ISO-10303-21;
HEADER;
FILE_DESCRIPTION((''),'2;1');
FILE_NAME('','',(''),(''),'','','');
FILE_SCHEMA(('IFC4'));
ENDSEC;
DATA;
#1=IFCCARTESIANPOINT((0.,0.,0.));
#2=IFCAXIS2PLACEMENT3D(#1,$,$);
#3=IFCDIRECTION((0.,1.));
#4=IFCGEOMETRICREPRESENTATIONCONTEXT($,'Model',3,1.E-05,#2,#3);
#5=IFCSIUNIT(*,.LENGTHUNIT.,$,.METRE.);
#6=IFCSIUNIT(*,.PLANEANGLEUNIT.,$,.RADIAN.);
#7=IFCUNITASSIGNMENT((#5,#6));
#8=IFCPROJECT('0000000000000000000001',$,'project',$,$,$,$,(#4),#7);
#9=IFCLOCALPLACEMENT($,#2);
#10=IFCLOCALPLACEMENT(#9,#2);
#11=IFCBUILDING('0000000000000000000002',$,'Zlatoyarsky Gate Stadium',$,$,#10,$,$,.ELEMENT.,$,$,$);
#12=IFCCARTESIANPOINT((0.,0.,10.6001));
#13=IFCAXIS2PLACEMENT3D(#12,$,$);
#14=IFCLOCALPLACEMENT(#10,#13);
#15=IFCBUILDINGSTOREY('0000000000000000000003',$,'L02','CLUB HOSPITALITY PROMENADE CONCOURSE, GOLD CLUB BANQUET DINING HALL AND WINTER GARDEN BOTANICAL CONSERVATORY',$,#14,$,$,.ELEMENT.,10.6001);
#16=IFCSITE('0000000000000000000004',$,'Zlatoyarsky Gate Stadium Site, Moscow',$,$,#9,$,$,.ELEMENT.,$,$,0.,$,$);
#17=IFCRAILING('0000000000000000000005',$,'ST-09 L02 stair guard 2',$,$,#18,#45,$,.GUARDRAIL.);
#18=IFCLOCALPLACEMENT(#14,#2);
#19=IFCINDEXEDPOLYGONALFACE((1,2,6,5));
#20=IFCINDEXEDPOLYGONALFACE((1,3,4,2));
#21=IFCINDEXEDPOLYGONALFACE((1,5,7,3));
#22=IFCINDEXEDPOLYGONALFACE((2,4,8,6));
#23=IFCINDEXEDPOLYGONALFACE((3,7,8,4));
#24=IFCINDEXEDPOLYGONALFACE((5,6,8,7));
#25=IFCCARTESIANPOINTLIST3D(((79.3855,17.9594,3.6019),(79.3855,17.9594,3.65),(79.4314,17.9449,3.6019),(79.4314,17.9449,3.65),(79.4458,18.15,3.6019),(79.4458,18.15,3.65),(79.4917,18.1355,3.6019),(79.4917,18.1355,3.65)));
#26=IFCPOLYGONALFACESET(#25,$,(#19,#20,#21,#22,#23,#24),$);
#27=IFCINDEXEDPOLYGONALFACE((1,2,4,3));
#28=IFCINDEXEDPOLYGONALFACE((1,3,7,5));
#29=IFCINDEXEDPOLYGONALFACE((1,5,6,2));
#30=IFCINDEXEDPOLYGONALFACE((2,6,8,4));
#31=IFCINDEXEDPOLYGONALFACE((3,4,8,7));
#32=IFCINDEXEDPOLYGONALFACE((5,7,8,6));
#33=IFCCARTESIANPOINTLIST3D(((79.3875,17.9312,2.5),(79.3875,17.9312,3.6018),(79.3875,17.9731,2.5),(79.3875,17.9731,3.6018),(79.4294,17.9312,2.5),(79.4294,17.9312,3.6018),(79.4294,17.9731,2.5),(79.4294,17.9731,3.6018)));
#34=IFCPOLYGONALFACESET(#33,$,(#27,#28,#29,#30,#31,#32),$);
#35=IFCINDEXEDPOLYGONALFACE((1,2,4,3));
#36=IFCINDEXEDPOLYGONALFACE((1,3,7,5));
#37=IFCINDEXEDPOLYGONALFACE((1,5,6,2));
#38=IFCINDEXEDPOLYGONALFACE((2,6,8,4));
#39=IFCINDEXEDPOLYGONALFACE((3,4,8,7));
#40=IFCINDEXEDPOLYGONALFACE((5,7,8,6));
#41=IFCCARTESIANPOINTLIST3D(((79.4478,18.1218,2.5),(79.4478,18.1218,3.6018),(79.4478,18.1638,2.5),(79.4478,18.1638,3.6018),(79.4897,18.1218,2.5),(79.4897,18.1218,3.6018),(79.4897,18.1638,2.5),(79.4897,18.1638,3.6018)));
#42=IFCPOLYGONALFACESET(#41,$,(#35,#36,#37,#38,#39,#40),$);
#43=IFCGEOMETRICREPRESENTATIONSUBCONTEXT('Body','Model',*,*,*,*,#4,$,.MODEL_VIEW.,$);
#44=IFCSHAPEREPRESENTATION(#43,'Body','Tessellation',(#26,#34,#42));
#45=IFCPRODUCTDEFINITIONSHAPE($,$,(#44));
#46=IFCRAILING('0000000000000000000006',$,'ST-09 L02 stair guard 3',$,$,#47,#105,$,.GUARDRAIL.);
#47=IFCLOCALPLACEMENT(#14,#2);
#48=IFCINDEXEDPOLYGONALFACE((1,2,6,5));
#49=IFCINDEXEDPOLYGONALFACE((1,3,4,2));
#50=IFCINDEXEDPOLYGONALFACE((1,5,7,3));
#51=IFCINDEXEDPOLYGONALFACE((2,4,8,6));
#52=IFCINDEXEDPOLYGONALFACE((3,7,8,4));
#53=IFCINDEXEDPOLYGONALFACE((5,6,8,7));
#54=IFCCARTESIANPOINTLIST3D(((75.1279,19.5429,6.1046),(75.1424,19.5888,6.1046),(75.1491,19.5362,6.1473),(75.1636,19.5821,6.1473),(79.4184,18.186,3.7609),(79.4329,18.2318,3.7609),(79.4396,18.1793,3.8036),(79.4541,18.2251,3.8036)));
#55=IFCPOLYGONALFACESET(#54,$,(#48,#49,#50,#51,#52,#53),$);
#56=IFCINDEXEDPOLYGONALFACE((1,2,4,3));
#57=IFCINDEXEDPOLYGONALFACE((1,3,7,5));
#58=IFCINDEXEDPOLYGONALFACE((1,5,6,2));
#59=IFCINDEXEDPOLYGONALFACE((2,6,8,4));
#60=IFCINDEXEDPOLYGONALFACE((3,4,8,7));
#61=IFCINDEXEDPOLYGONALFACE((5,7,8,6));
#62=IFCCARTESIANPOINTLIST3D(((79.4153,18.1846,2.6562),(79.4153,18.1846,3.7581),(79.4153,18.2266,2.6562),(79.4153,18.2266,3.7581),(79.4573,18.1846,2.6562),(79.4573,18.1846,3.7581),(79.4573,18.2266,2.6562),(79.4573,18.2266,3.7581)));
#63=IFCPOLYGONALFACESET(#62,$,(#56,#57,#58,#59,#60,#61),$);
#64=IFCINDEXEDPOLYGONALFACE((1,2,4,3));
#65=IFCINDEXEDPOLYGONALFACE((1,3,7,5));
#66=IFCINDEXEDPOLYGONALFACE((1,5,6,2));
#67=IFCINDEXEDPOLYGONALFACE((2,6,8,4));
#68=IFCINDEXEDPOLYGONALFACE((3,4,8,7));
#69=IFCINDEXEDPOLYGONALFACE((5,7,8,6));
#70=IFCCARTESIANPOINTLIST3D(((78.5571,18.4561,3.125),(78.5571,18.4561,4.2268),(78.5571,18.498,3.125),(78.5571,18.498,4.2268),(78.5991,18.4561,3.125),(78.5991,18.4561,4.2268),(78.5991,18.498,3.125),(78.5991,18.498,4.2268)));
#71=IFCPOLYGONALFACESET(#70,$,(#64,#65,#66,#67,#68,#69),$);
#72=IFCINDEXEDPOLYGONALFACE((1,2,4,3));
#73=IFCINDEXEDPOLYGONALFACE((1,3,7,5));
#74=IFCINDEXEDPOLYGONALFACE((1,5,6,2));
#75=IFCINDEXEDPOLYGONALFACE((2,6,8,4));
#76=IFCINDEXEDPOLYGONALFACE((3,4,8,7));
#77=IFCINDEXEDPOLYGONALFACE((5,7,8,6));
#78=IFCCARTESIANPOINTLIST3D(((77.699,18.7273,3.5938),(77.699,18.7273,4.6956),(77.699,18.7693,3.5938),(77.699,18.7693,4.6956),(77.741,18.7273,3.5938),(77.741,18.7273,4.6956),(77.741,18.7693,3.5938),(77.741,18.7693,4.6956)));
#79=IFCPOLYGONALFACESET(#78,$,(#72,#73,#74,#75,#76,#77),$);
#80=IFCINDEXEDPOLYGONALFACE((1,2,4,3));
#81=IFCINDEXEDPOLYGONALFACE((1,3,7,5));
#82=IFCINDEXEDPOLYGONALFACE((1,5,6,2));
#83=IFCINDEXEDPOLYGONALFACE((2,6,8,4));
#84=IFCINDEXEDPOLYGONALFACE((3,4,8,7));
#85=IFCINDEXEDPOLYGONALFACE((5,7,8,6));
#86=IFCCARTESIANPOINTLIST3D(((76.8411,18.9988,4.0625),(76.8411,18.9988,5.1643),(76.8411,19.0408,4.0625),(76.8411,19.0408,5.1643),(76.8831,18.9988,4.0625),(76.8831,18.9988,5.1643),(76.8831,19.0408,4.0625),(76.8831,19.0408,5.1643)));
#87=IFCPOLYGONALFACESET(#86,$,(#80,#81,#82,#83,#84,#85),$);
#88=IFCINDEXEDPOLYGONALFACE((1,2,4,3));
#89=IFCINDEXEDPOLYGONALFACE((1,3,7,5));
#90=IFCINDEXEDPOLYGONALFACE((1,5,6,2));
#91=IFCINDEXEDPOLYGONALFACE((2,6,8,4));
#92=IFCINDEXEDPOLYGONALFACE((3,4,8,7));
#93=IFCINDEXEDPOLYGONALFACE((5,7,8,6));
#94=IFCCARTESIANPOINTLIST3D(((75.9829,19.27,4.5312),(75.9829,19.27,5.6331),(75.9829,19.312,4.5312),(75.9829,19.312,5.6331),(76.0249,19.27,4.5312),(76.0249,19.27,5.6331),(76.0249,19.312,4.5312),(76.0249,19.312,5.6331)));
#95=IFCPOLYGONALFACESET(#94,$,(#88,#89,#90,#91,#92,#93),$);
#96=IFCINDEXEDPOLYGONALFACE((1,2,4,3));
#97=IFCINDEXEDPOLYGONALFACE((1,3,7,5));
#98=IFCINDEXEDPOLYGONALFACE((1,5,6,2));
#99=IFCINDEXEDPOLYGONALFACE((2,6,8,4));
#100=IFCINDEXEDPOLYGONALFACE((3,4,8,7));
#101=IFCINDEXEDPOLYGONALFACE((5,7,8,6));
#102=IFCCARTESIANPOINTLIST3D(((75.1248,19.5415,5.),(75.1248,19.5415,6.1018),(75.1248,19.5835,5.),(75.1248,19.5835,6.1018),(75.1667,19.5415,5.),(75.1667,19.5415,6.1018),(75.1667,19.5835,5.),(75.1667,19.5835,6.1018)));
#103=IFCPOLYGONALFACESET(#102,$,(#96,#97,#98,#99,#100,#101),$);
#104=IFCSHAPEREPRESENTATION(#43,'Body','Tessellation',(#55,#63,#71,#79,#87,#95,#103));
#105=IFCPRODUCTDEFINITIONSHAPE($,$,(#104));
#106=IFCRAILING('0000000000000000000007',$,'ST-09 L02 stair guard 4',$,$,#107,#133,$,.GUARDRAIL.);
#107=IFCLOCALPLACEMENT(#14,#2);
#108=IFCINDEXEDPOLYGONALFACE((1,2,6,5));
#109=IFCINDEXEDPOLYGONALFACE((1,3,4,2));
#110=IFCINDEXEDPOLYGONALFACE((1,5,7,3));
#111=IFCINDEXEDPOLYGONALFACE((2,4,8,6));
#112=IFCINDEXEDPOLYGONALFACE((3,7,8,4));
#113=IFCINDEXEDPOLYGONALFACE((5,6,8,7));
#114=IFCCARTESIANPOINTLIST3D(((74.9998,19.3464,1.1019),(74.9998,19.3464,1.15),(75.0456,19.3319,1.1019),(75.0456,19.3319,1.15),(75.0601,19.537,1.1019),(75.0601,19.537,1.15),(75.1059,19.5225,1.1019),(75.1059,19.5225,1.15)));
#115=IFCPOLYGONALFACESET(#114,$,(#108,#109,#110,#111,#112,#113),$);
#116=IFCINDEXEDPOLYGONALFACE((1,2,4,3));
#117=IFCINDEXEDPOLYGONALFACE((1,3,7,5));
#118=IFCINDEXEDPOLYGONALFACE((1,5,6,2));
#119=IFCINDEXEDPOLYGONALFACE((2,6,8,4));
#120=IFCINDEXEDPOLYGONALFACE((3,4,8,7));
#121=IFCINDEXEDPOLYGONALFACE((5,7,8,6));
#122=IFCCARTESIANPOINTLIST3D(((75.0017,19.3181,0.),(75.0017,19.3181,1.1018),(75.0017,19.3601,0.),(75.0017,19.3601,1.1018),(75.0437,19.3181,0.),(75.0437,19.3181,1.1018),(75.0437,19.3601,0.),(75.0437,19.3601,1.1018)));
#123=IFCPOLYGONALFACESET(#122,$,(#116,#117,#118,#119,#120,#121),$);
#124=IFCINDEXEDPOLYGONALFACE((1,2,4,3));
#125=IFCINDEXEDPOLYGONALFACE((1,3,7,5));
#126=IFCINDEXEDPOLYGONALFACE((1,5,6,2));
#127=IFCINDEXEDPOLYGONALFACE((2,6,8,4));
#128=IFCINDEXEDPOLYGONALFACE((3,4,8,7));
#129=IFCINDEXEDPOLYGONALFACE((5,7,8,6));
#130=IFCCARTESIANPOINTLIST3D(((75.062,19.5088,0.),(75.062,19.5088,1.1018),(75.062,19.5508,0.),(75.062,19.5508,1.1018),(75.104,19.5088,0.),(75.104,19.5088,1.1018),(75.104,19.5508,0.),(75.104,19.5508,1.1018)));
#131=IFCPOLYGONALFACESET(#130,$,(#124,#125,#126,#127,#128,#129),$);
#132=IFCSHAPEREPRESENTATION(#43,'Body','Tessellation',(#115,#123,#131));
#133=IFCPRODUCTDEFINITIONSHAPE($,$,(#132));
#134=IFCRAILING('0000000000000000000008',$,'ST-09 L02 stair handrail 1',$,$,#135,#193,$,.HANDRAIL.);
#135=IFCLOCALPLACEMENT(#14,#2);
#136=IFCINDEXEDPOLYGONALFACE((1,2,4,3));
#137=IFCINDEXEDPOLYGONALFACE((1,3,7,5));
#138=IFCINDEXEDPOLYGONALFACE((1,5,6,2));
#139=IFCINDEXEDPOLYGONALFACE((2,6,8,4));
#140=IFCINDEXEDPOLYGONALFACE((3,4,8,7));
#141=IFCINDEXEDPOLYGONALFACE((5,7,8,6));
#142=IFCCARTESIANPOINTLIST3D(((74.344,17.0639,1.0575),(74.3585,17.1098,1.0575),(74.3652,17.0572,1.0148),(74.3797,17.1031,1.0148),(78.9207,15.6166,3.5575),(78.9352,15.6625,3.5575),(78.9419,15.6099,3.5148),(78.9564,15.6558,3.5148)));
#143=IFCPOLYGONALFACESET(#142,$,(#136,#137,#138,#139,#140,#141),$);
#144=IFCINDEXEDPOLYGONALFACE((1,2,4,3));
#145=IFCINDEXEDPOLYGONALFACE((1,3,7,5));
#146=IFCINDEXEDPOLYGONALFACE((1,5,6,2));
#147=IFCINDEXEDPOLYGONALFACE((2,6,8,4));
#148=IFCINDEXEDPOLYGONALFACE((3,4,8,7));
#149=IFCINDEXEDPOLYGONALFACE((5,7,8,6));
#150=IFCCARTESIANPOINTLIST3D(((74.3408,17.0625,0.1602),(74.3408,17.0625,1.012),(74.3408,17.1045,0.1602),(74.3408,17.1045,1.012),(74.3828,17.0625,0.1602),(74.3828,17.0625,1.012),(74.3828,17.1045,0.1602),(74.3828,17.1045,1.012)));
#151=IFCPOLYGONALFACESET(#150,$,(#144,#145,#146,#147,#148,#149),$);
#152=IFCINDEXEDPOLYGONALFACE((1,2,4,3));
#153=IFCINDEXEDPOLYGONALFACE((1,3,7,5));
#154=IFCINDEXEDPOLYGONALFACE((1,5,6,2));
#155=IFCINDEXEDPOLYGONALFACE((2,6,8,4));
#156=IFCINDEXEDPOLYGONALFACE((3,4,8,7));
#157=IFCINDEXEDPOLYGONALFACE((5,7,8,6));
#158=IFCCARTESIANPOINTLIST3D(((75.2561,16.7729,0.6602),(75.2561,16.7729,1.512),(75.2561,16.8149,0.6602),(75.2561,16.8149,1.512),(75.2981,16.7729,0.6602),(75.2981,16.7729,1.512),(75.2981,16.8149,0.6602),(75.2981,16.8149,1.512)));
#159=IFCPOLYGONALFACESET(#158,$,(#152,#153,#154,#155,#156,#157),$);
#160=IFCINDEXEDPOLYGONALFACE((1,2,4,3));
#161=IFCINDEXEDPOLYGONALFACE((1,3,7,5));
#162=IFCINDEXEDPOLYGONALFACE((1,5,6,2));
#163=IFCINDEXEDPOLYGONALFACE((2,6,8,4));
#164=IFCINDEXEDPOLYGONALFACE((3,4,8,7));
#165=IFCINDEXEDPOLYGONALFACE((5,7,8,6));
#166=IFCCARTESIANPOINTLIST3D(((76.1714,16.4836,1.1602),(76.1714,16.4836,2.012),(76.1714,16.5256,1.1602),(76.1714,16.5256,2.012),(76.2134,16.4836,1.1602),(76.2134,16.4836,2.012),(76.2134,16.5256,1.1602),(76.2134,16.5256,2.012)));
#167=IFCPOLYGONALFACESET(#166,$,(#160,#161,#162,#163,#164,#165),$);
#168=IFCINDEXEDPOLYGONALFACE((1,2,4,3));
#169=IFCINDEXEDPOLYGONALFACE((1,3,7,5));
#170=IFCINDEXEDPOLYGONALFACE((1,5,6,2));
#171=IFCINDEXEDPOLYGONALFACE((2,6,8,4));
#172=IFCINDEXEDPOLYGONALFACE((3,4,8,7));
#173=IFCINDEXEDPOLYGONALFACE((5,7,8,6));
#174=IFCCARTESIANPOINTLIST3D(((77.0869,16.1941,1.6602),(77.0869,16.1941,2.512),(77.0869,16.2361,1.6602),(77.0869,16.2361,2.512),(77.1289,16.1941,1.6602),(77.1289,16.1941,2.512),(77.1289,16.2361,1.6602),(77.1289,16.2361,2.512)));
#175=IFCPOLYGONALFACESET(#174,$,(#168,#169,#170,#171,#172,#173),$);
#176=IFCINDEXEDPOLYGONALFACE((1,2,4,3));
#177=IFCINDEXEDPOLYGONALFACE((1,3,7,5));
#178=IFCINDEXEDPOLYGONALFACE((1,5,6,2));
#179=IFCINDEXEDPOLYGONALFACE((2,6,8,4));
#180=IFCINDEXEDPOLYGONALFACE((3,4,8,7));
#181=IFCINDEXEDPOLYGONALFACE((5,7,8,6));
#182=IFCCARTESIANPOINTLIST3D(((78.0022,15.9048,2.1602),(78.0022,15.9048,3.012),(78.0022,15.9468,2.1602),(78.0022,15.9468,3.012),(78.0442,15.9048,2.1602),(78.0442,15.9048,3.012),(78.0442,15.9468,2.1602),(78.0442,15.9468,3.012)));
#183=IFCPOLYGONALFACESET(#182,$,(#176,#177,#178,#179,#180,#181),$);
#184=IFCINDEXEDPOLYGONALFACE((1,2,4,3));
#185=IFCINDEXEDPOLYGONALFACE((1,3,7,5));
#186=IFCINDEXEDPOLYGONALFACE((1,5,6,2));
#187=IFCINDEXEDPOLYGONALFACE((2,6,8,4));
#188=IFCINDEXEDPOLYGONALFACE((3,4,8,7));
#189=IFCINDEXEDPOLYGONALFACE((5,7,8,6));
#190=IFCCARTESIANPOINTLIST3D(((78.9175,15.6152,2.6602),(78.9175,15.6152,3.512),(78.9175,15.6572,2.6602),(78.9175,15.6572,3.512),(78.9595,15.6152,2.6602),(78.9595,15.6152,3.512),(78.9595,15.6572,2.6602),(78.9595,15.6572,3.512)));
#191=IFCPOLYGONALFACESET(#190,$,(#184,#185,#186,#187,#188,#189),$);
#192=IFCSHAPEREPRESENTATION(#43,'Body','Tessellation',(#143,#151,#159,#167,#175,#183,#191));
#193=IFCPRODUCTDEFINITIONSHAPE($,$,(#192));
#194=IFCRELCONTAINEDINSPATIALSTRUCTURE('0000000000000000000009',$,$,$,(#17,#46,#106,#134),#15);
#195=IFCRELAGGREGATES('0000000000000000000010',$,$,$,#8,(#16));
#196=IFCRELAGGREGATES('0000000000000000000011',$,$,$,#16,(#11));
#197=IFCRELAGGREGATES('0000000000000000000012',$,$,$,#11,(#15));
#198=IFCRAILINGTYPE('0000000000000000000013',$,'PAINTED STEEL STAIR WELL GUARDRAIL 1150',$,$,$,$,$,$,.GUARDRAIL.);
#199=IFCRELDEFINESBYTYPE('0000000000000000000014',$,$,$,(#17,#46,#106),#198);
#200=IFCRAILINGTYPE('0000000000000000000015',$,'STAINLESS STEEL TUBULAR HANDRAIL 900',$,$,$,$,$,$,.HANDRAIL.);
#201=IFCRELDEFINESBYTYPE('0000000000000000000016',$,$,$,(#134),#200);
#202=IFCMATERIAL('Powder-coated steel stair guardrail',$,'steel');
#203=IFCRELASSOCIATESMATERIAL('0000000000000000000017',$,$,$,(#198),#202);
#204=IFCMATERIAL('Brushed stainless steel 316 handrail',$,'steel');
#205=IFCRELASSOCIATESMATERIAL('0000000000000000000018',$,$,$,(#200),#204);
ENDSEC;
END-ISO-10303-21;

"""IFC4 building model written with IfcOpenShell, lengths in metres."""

from ifc_helpers import new_model, si_unit, direction, frame, origin, origin_2d, place, context, subcontext, project, spatial, rectangle, extrude, material, type_object, element, save


model = new_model("IFC4")

# Units and contexts
model_context = context("Model", 3, precision=1e-05, world=origin(), true_north=direction((0.0, 1.0)))
body_context = subcontext(model_context, "Body", "Model", "MODEL_VIEW")
ifc_project = project(units=[si_unit("LENGTHUNIT", "METRE"), si_unit("PLANEANGLEUNIT", "RADIAN")], contexts=[model_context])

# Site, building, storey
site_placement = place(None, origin())
site = spatial("IfcSite", under=ifc_project, at=site_placement, Name="Zlatoyarsky Gate Stadium Site, Moscow", CompositionType="ELEMENT", RefElevation=0.0)
building_placement = place(site_placement, origin())
building = spatial("IfcBuilding", under=site, at=building_placement, Name="Zlatoyarsky Gate Stadium", CompositionType="ELEMENT")
storey_placement = place(building_placement, frame((0.0, 0.0, 10.6001)))
storey = spatial("IfcBuildingStorey", under=building, at=storey_placement, Name="L02", Description="CLUB HOSPITALITY PROMENADE CONCOURSE, GOLD CLUB BANQUET DINING HALL AND WINTER GARDEN BOTANICAL CONSERVATORY", CompositionType="ELEMENT", Elevation=10.6001)

# Railings
ifc_material_1 = material(Name="Powder-coated steel stair guardrail", Category="steel")
railing_type_1 = type_object("IfcRailingType", Name="PAINTED STEEL STAIR WELL GUARDRAIL 1150", PredefinedType="GUARDRAIL", material=ifc_material_1)
railing_1_placement = place(storey_placement, frame((79.4084, 17.9521, 2.5)))
element("IfcRailing", 1, at=railing_1_placement, inside=storey, type_object=railing_type_1, Name="ST-09 L02 stair guard 2", PredefinedType="GUARDRAIL", context=body_context, shape_type="SweptSolid", body=[
    extrude(rectangle(XDim=0.0481, YDim=0.0481, at=origin_2d()), frame((0.0, 0.0, 1.126), z_axis=(0.30154, 0.953453, 0.0), x_axis=(-0.953453, 0.30154, 0.0)), (0.0, 0.0, 1.0), 0.2),
    extrude(rectangle(XDim=0.042, YDim=0.042, at=origin_2d()), origin(), (0.0, 0.0, 1.0), 1.1018),
    extrude(rectangle(XDim=0.042, YDim=0.042, at=origin_2d()), frame((0.0603, 0.1907, 0.0)), (0.0, 0.0, 1.0), 1.1018),
])
railing_2_placement = place(storey_placement, frame((79.4363, 18.2056, 2.6562)))
element("IfcRailing", 2, at=railing_2_placement, inside=storey, type_object=railing_type_1, Name="ST-09 L02 stair guard 3", PredefinedType="GUARDRAIL", context=body_context, shape_type="SweptSolid", body=[
    extrude(rectangle(XDim=0.0481, YDim=0.0481, at=origin_2d()), frame((0.0, 0.0, 1.126), z_axis=(-0.84563, 0.267441, 0.461935), x_axis=(-0.301542, -0.953453, 0.0)), (0.0, 0.0, 1.0), 5.0737),
    extrude(rectangle(XDim=0.042, YDim=0.042, at=origin_2d()), origin(), (0.0, 0.0, 1.0), 1.1018),
    extrude(rectangle(XDim=0.042, YDim=0.042, at=origin_2d()), frame((-0.8582, 0.2715, 0.4688)), (0.0, 0.0, 1.0), 1.1018),
    extrude(rectangle(XDim=0.042, YDim=0.042, at=origin_2d()), frame((-1.7163, 0.5427, 0.9375)), (0.0, 0.0, 1.0), 1.1018),
    extrude(rectangle(XDim=0.042, YDim=0.042, at=origin_2d()), frame((-2.5742, 0.8142, 1.4062)), (0.0, 0.0, 1.0), 1.1018),
    extrude(rectangle(XDim=0.042, YDim=0.042, at=origin_2d()), frame((-3.4324, 1.0854, 1.875)), (0.0, 0.0, 1.0), 1.1018),
    extrude(rectangle(XDim=0.042, YDim=0.042, at=origin_2d()), frame((-4.2905, 1.3569, 2.3438)), (0.0, 0.0, 1.0), 1.1018),
])
railing_3_placement = place(storey_placement, frame((75.0227, 19.3391, 0.0)))
element("IfcRailing", 3, at=railing_3_placement, inside=storey, type_object=railing_type_1, Name="ST-09 L02 stair guard 4", PredefinedType="GUARDRAIL", context=body_context, shape_type="SweptSolid", body=[
    extrude(rectangle(XDim=0.0481, YDim=0.0481, at=origin_2d()), frame((0.0, 0.0, 1.126), z_axis=(0.30154, 0.953453, 0.0), x_axis=(-0.953453, 0.30154, 0.0)), (0.0, 0.0, 1.0), 0.2),
    extrude(rectangle(XDim=0.042, YDim=0.042, at=origin_2d()), origin(), (0.0, 0.0, 1.0), 1.1018),
    extrude(rectangle(XDim=0.042, YDim=0.042, at=origin_2d()), frame((0.0603, 0.1907, 0.0)), (0.0, 0.0, 1.0), 1.1018),
])
ifc_material_2 = material(Name="Brushed stainless steel 316 handrail", Category="steel")
railing_type_2 = type_object("IfcRailingType", Name="STAINLESS STEEL TUBULAR HANDRAIL 900", PredefinedType="HANDRAIL", material=ifc_material_2)
railing_4_placement = place(storey_placement, frame((74.3618, 17.0835, 0.1602)))
element("IfcRailing", 4, at=railing_4_placement, inside=storey, type_object=railing_type_2, Name="ST-09 L02 stair handrail 1", PredefinedType="HANDRAIL", context=body_context, shape_type="SweptSolid", body=[
    extrude(rectangle(XDim=0.0481, YDim=0.0481, at=origin_2d()), frame((0.0, 0.0, 0.876), z_axis=(0.845641, -0.267415, 0.461931), x_axis=(0.301511, 0.953463, 0.0)), (0.0, 0.0, 1.0), 5.4121),
    extrude(rectangle(XDim=0.042, YDim=0.042, at=origin_2d()), origin(), (0.0, 0.0, 1.0), 0.8518),
    extrude(rectangle(XDim=0.042, YDim=0.042, at=origin_2d()), frame((0.9153, -0.2896, 0.5)), (0.0, 0.0, 1.0), 0.8518),
    extrude(rectangle(XDim=0.042, YDim=0.042, at=origin_2d()), frame((1.8306, -0.5789, 1.0)), (0.0, 0.0, 1.0), 0.8518),
    extrude(rectangle(XDim=0.042, YDim=0.042, at=origin_2d()), frame((2.7461, -0.8684, 1.5)), (0.0, 0.0, 1.0), 0.8518),
    extrude(rectangle(XDim=0.042, YDim=0.042, at=origin_2d()), frame((3.6614, -1.1577, 2.0)), (0.0, 0.0, 1.0), 0.8518),
    extrude(rectangle(XDim=0.042, YDim=0.042, at=origin_2d()), frame((4.5767, -1.4473, 2.5)), (0.0, 0.0, 1.0), 0.8518),
])

save(model, "model.ifc")
